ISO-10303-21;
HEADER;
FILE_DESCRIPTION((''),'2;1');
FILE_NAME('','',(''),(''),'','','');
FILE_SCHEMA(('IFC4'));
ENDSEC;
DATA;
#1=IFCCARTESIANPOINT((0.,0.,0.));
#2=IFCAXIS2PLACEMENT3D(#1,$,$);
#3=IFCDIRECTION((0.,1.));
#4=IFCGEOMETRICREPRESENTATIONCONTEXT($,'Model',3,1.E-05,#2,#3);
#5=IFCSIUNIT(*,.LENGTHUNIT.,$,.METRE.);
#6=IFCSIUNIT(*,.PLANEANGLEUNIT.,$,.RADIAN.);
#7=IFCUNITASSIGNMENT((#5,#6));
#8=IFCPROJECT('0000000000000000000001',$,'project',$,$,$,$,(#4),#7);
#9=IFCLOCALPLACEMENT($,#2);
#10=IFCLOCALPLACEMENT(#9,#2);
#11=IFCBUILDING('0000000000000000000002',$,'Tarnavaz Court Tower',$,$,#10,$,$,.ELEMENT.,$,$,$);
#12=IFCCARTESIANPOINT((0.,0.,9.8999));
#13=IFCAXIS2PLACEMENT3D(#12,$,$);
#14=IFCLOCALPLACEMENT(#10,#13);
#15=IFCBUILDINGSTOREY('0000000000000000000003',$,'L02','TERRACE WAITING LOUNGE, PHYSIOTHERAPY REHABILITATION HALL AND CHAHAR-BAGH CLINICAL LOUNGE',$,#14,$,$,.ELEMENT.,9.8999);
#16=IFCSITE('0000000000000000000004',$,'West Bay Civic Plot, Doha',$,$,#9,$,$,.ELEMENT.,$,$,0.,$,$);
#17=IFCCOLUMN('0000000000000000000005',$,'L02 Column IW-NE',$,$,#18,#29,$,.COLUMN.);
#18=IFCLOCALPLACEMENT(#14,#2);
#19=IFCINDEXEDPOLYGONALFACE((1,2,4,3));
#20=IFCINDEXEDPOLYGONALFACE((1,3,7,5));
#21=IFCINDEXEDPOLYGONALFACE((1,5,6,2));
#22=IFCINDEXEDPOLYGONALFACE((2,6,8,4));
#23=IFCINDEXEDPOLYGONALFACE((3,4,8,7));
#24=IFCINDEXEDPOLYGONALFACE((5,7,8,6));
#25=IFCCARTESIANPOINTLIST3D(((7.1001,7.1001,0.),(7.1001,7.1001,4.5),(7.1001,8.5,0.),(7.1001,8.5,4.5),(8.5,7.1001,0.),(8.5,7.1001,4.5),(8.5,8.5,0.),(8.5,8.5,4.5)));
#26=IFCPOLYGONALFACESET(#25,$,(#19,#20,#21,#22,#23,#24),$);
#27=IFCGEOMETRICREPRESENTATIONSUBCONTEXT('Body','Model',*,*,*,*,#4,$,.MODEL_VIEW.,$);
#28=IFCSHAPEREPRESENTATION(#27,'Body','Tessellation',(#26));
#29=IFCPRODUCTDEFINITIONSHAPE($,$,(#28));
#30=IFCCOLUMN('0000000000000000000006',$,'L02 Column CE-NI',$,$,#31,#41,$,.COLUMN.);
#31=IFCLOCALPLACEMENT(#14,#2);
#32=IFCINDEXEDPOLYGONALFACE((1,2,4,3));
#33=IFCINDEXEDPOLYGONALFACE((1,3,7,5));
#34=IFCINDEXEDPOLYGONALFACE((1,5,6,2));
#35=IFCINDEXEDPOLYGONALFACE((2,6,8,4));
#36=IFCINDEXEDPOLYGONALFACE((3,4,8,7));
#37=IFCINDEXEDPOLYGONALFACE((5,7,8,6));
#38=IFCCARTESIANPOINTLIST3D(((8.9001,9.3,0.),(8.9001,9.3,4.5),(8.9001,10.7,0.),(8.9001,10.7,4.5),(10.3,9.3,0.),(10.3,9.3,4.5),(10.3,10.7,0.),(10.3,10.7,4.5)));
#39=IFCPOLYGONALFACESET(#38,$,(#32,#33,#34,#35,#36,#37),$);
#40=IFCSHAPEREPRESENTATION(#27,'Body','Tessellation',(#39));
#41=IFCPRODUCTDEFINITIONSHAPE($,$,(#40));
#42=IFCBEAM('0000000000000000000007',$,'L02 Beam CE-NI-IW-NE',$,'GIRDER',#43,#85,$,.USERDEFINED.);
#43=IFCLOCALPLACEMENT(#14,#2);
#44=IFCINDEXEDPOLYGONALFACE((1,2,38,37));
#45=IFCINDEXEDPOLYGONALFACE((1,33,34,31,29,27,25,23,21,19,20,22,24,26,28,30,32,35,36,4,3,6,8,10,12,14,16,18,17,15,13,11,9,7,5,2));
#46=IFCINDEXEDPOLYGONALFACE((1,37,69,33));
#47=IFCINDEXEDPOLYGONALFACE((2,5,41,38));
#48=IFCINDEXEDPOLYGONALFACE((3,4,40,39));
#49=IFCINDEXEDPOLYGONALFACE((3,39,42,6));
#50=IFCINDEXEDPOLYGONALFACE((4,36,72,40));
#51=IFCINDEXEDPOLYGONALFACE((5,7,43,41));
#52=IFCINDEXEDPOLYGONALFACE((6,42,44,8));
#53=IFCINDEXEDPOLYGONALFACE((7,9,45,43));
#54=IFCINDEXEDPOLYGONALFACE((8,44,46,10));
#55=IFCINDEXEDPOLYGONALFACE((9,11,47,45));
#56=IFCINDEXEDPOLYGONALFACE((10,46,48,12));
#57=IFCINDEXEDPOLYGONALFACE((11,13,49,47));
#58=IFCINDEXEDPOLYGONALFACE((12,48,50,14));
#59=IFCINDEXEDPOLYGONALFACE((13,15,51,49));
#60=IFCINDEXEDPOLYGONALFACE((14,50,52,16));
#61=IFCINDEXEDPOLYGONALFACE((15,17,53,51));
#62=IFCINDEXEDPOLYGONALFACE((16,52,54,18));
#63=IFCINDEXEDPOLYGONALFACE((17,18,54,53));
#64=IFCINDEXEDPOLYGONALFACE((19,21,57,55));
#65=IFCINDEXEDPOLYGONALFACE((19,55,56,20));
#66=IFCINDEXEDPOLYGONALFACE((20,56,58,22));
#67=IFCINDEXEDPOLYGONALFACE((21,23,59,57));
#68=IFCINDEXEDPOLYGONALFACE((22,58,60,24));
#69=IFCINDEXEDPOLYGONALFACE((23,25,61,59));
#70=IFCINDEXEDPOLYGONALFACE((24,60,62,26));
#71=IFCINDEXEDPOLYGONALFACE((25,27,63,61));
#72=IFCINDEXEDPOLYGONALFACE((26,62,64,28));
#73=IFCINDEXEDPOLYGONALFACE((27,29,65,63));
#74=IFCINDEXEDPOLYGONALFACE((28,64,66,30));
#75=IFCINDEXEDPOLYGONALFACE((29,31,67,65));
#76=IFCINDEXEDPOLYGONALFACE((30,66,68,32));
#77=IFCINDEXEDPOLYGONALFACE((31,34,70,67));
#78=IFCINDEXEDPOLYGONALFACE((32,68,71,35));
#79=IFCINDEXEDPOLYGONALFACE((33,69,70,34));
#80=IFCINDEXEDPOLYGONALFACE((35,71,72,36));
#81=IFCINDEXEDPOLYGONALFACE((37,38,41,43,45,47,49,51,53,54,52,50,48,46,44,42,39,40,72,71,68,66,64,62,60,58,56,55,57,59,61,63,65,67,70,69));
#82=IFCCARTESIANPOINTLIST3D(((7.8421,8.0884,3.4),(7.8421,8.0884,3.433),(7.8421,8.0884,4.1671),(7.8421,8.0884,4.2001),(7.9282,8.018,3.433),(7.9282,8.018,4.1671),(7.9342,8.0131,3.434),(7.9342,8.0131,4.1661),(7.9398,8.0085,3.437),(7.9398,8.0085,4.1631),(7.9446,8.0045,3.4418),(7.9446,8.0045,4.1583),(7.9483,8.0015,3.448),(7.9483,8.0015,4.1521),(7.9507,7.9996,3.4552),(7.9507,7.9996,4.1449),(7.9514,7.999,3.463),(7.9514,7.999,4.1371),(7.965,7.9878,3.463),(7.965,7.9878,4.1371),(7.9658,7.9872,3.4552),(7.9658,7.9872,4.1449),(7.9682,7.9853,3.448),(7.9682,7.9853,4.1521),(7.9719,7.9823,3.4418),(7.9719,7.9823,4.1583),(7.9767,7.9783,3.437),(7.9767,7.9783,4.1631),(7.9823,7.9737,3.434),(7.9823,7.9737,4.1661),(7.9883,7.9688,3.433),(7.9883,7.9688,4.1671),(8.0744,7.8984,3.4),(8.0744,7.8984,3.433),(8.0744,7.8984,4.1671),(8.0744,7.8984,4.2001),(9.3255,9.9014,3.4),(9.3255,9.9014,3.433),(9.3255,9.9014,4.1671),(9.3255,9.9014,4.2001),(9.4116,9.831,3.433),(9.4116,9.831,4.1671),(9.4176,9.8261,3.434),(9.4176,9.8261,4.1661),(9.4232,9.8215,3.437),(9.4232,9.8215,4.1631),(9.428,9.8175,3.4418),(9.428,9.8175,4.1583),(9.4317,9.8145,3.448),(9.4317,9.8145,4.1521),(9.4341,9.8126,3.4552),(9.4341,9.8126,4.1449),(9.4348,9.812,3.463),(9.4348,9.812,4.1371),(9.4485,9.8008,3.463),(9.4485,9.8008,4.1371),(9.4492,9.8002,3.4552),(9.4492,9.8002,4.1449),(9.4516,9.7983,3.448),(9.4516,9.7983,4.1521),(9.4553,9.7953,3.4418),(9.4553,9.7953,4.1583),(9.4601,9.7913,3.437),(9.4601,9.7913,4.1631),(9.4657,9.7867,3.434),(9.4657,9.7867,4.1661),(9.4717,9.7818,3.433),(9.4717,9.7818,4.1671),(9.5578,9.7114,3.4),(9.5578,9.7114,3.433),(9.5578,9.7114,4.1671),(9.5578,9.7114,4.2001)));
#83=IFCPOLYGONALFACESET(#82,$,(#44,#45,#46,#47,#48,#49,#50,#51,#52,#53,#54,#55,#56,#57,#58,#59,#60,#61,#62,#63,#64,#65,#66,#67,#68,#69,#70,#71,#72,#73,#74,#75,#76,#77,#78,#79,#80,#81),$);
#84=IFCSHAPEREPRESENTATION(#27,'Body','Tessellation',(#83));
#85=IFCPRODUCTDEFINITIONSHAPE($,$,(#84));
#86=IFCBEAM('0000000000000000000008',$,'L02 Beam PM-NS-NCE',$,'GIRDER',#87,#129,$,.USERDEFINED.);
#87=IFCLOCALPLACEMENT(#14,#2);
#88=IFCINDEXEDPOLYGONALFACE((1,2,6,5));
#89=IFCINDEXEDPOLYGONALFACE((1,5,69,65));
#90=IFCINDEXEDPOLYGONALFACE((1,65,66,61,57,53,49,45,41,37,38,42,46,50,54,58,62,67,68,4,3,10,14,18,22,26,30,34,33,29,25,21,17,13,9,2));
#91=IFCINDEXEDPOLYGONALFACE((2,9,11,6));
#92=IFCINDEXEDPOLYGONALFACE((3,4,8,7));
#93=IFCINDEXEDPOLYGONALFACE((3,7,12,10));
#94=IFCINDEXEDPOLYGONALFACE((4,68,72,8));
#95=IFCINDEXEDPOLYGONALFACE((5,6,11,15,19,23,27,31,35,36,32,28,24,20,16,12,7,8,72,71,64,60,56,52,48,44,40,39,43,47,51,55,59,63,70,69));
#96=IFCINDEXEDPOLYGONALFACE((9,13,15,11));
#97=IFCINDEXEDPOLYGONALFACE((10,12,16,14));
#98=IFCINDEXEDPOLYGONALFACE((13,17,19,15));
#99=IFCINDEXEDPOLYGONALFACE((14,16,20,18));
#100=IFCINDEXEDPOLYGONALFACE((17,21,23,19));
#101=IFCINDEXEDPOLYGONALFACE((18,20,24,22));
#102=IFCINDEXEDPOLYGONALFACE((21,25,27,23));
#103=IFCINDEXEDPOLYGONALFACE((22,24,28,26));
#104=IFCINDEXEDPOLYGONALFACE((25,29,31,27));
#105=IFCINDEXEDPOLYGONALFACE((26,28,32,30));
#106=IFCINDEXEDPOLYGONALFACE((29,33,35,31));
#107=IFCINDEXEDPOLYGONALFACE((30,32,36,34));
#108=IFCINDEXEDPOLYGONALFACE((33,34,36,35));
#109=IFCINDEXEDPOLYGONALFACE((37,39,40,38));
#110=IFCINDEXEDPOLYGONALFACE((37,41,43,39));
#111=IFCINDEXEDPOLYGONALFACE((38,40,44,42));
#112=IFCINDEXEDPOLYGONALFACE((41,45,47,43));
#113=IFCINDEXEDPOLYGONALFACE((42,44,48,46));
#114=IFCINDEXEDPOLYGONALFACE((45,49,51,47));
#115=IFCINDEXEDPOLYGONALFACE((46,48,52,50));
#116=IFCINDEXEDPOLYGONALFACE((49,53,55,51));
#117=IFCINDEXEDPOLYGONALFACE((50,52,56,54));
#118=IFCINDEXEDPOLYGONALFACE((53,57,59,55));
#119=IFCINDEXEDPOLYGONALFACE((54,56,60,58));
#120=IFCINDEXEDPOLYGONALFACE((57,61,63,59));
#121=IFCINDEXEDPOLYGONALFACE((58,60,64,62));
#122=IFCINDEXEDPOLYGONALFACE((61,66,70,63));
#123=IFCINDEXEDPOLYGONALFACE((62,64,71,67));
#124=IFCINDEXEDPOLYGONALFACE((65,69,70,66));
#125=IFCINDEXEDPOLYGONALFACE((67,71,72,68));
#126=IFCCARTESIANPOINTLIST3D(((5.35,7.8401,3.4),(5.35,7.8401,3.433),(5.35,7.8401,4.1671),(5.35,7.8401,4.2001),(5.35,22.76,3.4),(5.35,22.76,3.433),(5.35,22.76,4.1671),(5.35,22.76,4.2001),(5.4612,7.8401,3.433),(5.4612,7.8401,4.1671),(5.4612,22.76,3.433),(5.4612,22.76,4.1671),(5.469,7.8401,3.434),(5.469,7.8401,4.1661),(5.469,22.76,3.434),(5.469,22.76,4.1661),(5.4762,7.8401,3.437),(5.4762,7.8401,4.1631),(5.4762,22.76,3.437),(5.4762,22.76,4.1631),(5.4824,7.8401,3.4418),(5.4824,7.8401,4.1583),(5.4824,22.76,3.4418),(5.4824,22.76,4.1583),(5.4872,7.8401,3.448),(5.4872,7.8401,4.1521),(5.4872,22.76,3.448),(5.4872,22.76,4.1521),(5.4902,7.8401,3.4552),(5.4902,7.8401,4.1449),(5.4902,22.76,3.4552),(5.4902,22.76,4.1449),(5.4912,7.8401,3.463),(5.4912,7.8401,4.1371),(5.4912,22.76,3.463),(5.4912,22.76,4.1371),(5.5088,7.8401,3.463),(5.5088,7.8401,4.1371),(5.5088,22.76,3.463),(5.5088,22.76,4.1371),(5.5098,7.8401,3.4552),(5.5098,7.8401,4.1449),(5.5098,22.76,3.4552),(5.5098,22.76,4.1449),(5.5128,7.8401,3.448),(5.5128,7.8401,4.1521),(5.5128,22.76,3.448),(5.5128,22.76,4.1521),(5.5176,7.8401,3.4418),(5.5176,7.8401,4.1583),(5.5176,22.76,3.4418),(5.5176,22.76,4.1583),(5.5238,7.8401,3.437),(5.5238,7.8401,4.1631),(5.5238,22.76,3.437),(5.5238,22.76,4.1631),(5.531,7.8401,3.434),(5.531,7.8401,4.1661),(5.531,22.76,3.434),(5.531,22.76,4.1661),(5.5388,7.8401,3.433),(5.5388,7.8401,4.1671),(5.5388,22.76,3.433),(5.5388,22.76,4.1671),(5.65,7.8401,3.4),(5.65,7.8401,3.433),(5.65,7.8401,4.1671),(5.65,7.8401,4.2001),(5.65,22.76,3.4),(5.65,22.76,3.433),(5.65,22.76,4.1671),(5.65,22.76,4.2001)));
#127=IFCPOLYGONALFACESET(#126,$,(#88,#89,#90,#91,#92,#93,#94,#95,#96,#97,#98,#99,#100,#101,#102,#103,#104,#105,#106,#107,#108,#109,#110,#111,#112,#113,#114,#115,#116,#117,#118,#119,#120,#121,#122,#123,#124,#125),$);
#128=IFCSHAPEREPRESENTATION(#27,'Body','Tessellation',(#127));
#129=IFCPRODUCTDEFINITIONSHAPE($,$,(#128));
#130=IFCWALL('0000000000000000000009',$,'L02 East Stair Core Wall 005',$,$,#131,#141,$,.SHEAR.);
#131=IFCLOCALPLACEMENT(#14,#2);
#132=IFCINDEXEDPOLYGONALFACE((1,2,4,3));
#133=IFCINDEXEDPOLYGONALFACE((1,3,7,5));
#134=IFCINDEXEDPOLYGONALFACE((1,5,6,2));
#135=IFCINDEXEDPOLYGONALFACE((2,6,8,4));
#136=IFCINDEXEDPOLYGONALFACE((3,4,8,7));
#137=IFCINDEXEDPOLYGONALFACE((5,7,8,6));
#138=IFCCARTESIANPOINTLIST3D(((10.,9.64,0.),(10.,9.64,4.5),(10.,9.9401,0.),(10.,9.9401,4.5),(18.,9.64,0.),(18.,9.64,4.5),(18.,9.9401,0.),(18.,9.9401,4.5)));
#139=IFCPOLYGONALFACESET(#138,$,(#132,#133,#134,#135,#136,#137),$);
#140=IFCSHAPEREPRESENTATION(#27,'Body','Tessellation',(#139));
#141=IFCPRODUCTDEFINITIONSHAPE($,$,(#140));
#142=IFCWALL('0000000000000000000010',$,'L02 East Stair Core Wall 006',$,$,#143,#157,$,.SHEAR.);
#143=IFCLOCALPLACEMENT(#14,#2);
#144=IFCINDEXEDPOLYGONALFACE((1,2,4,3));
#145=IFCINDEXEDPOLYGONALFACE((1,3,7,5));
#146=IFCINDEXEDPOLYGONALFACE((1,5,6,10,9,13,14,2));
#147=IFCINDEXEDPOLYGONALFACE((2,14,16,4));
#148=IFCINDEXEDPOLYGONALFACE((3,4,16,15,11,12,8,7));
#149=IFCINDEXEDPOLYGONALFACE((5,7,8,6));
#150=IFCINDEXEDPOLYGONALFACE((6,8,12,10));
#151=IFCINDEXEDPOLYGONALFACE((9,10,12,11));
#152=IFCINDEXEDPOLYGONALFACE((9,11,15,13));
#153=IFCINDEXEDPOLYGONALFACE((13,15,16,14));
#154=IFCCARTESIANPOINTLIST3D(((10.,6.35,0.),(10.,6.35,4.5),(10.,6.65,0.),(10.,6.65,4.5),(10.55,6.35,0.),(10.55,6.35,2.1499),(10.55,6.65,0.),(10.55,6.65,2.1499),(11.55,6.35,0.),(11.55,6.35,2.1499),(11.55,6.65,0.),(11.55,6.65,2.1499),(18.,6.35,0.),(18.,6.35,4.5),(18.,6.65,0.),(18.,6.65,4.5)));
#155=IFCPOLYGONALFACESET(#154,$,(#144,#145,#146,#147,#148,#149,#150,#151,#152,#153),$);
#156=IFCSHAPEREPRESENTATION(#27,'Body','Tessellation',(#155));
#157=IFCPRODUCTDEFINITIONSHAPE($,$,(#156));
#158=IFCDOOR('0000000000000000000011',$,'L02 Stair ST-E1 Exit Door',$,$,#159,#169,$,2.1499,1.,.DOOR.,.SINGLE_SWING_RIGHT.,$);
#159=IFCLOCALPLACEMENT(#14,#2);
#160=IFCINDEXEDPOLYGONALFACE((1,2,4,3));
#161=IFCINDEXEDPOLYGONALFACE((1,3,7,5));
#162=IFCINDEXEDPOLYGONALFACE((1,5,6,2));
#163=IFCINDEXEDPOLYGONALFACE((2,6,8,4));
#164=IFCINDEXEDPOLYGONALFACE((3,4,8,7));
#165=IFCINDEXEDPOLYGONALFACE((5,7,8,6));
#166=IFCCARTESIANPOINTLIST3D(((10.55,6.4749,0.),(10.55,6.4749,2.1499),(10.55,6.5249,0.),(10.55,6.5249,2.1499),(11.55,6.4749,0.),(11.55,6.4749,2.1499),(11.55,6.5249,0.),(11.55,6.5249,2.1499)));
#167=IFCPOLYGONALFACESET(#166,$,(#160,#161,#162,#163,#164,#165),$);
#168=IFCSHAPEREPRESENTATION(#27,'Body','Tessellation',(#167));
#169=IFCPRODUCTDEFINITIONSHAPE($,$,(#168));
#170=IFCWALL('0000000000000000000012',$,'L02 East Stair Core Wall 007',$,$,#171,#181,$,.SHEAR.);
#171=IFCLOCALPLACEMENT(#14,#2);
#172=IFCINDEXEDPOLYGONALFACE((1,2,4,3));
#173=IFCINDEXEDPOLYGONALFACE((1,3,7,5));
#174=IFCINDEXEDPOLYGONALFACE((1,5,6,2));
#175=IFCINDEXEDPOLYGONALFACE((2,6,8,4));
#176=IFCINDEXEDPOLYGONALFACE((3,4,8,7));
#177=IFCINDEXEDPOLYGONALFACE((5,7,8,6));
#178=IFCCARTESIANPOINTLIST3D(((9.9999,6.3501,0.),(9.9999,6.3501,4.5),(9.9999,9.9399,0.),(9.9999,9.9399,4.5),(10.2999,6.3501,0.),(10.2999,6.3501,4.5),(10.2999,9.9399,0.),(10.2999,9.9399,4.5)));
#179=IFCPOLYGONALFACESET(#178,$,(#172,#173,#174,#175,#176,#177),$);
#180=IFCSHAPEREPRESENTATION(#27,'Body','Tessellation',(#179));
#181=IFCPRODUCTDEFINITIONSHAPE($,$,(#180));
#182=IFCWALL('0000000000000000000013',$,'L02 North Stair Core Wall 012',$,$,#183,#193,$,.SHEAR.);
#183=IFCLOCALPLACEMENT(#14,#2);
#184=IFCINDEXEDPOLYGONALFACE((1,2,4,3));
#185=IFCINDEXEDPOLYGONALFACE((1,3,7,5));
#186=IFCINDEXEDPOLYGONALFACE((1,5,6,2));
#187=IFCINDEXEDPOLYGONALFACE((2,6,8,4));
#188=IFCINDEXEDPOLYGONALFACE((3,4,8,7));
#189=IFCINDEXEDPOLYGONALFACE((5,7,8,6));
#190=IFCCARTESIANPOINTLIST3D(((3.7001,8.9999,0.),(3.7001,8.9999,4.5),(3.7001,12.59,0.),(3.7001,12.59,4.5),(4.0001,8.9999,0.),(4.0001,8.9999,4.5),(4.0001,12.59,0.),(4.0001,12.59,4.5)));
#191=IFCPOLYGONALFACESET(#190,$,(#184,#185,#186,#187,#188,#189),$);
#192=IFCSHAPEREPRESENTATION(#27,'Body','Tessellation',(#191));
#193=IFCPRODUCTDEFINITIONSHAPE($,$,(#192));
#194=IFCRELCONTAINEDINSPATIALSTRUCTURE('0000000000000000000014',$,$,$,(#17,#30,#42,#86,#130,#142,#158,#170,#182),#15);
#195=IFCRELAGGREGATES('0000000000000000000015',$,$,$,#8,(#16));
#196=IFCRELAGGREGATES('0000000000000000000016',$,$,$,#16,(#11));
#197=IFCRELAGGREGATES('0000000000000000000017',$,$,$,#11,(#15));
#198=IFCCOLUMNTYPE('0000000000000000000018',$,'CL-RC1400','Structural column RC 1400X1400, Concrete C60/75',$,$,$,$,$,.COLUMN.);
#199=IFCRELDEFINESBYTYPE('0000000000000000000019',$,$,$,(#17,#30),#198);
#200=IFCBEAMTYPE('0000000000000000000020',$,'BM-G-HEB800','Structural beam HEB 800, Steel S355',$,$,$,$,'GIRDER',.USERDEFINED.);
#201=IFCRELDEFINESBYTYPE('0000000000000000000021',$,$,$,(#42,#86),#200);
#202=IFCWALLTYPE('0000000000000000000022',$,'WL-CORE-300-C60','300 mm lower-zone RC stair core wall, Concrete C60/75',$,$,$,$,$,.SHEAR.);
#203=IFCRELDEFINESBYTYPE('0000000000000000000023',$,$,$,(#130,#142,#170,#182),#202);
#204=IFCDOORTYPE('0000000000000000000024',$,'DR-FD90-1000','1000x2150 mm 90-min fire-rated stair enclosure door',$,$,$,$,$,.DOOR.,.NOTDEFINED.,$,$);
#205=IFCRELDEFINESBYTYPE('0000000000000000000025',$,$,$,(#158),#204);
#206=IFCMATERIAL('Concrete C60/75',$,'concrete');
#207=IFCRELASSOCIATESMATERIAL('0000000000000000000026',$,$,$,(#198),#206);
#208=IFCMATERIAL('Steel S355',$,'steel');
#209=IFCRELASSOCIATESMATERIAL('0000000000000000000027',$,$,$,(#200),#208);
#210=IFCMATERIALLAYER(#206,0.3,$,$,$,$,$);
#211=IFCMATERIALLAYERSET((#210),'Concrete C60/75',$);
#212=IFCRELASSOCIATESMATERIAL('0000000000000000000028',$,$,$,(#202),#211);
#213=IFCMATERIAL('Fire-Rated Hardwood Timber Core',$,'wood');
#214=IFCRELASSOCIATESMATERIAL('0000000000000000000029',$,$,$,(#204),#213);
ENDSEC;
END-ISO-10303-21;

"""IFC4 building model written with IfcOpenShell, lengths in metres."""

from ifc_helpers import new_model, si_unit, direction, frame, frame_2d, origin, origin_2d, place, context, subcontext, project, spatial, rectangle, i_section, extrude, material, layer, layer_set, material_profile, profile_set, type_object, element, fill, save


model = new_model("IFC4")

# Units and contexts
model_context = context("Model", 3, precision=1e-05, world=origin(), true_north=direction((0.0, 1.0)))
body_context = subcontext(model_context, "Body", "Model", "MODEL_VIEW")
ifc_project = project(units=[si_unit("LENGTHUNIT", "METRE"), si_unit("PLANEANGLEUNIT", "RADIAN")], contexts=[model_context])

# Site, building, storey
site_placement = place(None, origin())
site = spatial("IfcSite", under=ifc_project, at=site_placement, Name="West Bay Civic Plot, Doha", CompositionType="ELEMENT", RefElevation=0.0)
building_placement = place(site_placement, origin())
building = spatial("IfcBuilding", under=site, at=building_placement, Name="Tarnavaz Court Tower", CompositionType="ELEMENT")
storey_placement = place(building_placement, frame((0.0, 0.0, 9.8999)))
storey = spatial("IfcBuildingStorey", under=building, at=storey_placement, Name="L02", Description="TERRACE WAITING LOUNGE, PHYSIOTHERAPY REHABILITATION HALL AND CHAHAR-BAGH CLINICAL LOUNGE", CompositionType="ELEMENT", Elevation=9.8999)

# Columns
ifc_material_1 = material(Name="Concrete C60/75", Category="concrete")
ifc_material_profile_1 = material_profile(ifc_material_1, rectangle(XDim=1.3999, YDim=1.3999, at=origin_2d()), Name="RC 1400X1400")
ifc_profile_set_1 = profile_set([ifc_material_profile_1], Name="Concrete C60/75")
column_type = type_object("IfcColumnType", Name="CL-RC1400", Description="Structural column RC 1400X1400, Concrete C60/75", PredefinedType="COLUMN", material=ifc_profile_set_1)
for number, where, z_axis, x_axis, name in (
    (1, (7.8, 7.8, 0.0), (0.0, 0.0, 1.0), (1.0, 0.0, 0.0), "L02 Column IW-NE"),
    (2, (9.6001, 10.0, 0.0), (0.0, 0.0, 1.0), (1.0, 0.0, 0.0), "L02 Column CE-NI"),
):
    element("IfcColumn", number, at=place(storey_placement, frame(where, z_axis=z_axis, x_axis=x_axis)), inside=storey, type_object=column_type, Name=name, PredefinedType="COLUMN", context=body_context, shape_type="SweptSolid", body=[
        extrude(rectangle(XDim=1.3999, YDim=1.3999, at=origin_2d()), origin(), (0.0, 0.0, 1.0), 4.5),
    ])

# Beams
ifc_material_2 = material(Name="Steel S355", Category="steel")
ifc_material_profile_2 = material_profile(ifc_material_2, i_section(OverallWidth=0.3, OverallDepth=0.8, WebThickness=0.0176, FlangeThickness=0.033, FilletRadius=0.03, at=origin_2d()), Name="HEB 800")
ifc_profile_set_2 = profile_set([ifc_material_profile_2], Name="Steel S355")
beam_type = type_object("IfcBeamType", Name="BM-G-HEB800", Description="Structural beam HEB 800, Steel S355", ElementType="GIRDER", PredefinedType="USERDEFINED", material=ifc_profile_set_2)
beam_1_placement = place(storey_placement, frame((9.4417, 9.8064, 3.8), z_axis=(-0.633249, -0.773948, 0.0), x_axis=(0.773948, -0.633249, 0.0)))
element("IfcBeam", 3, at=beam_1_placement, inside=storey, type_object=beam_type, Name="L02 Beam CE-NI-IW-NE", ObjectType="GIRDER", PredefinedType="USERDEFINED", context=body_context, shape_type="SweptSolid", body=[
    extrude(i_section(OverallWidth=0.3, OverallDepth=0.8, WebThickness=0.0176, FlangeThickness=0.033, FilletRadius=0.03, at=origin_2d()), origin(), (0.0, 0.0, 1.0), 2.3425),
])
beam_2_placement = place(storey_placement, frame((5.5, 7.8401, 3.8), z_axis=(0.0, 1.0, 0.0), x_axis=(-1.0, 0.0, 0.0)))
element("IfcBeam", 4, at=beam_2_placement, inside=storey, type_object=beam_type, Name="L02 Beam PM-NS-NCE", ObjectType="GIRDER", PredefinedType="USERDEFINED", context=body_context, shape_type="SweptSolid", body=[
    extrude(i_section(OverallWidth=0.3, OverallDepth=0.8, WebThickness=0.0176, FlangeThickness=0.033, FilletRadius=0.03, at=origin_2d()), origin(), (0.0, 0.0, 1.0), 14.9199),
])

# Wall
ifc_layer_1 = layer(ifc_material_1, 0.3)
ifc_layer_set_1 = layer_set([ifc_layer_1], Name="Concrete C60/75")
wall_type_1 = type_object("IfcWallType", Name="WL-CORE-300-C60", Description="300 mm lower-zone RC stair core wall, Concrete C60/75", PredefinedType="SHEAR", material=ifc_layer_set_1)
wall_1_placement = place(storey_placement, frame((10.0, 9.79, 0.0), z_axis=(0.0, 0.0, 1.0), x_axis=(1.0, 0.0, 0.0)))
element("IfcWall", 5, at=wall_1_placement, inside=storey, type_object=wall_type_1, Name="L02 East Stair Core Wall 005", PredefinedType="SHEAR", context=body_context, shape_type="SweptSolid", body=[
    extrude(rectangle(XDim=8.0, YDim=0.3, at=frame_2d((4.0, 0.0))), origin(), (0.0, 0.0, 1.0), 4.5),
])

# Wall, opening, door
wall_2_placement = place(storey_placement, frame((10.0, 6.5, 0.0), z_axis=(0.0, 0.0, 1.0), x_axis=(1.0, 0.0, 0.0)))
wall_2 = element("IfcWall", 6, at=wall_2_placement, inside=storey, type_object=wall_type_1, Name="L02 East Stair Core Wall 006", PredefinedType="SHEAR", context=body_context, shape_type="SweptSolid", body=[
    extrude(rectangle(XDim=8.0, YDim=0.3, at=frame_2d((4.0, 0.0))), origin(), (0.0, 0.0, 1.0), 4.5),
])
opening_1_placement = place(wall_2_placement, frame((0.55, 0.0, 0.0)))
opening_1 = element("IfcOpeningElement", 7, at=opening_1_placement, cuts=wall_2, PredefinedType="OPENING", context=body_context, shape_type="SweptSolid", body=[
    extrude(rectangle(XDim=1.0, YDim=2.1499, at=frame_2d((0.5, 1.075))), frame((0.0, 0.1599, 0.0), z_axis=(0.0, -1.0, 0.0), x_axis=(1.0, 0.0, 0.0)), (0.0, 0.0, 1.0), 0.3201),
])
ifc_material_3 = material(Name="Fire-Rated Hardwood Timber Core", Category="wood")
door_type_1 = type_object("IfcDoorType", Name="DR-FD90-1000", Description="1000x2150 mm 90-min fire-rated stair enclosure door", OperationType="NOTDEFINED", PredefinedType="DOOR", material=ifc_material_3)
door_1_placement = place(opening_1_placement, origin())
door_1 = element("IfcDoor", 8, at=door_1_placement, inside=storey, type_object=door_type_1, Name="L02 Stair ST-E1 Exit Door", OperationType="SINGLE_SWING_RIGHT", OverallHeight=2.1499, OverallWidth=1.0, PredefinedType="DOOR", context=body_context, shape_type="SweptSolid", body=[
    extrude(rectangle(XDim=1.0, YDim=2.1499, at=frame_2d((0.5, 1.075))), frame((0.0, 0.0249, 0.0), z_axis=(0.0, -1.0, 0.0), x_axis=(1.0, 0.0, 0.0)), (0.0, 0.0, 1.0), 0.05),
])
fill(opening_1, door_1)

# Walls
wall_3_placement = place(storey_placement, frame((10.1499, 6.3501, 0.0), z_axis=(0.0, 0.0, 1.0), x_axis=(0.0, 1.0, 0.0)))
element("IfcWall", 9, at=wall_3_placement, inside=storey, type_object=wall_type_1, Name="L02 East Stair Core Wall 007", PredefinedType="SHEAR", context=body_context, shape_type="SweptSolid", body=[
    extrude(rectangle(XDim=3.5898, YDim=0.3, at=frame_2d((1.7949, 0.0))), origin(), (0.0, 0.0, 1.0), 4.5),
])
wall_4_placement = place(storey_placement, frame((3.8501, 9.0, 0.0), z_axis=(0.0, 0.0, 1.0), x_axis=(0.0, 1.0, 0.0)))
element("IfcWall", 10, at=wall_4_placement, inside=storey, type_object=wall_type_1, Name="L02 North Stair Core Wall 012", PredefinedType="SHEAR", context=body_context, shape_type="SweptSolid", body=[
    extrude(rectangle(XDim=3.5901, YDim=0.3, at=frame_2d((1.7949, 0.0))), origin(), (0.0, 0.0, 1.0), 4.5),
])

save(model, "model.ifc")
